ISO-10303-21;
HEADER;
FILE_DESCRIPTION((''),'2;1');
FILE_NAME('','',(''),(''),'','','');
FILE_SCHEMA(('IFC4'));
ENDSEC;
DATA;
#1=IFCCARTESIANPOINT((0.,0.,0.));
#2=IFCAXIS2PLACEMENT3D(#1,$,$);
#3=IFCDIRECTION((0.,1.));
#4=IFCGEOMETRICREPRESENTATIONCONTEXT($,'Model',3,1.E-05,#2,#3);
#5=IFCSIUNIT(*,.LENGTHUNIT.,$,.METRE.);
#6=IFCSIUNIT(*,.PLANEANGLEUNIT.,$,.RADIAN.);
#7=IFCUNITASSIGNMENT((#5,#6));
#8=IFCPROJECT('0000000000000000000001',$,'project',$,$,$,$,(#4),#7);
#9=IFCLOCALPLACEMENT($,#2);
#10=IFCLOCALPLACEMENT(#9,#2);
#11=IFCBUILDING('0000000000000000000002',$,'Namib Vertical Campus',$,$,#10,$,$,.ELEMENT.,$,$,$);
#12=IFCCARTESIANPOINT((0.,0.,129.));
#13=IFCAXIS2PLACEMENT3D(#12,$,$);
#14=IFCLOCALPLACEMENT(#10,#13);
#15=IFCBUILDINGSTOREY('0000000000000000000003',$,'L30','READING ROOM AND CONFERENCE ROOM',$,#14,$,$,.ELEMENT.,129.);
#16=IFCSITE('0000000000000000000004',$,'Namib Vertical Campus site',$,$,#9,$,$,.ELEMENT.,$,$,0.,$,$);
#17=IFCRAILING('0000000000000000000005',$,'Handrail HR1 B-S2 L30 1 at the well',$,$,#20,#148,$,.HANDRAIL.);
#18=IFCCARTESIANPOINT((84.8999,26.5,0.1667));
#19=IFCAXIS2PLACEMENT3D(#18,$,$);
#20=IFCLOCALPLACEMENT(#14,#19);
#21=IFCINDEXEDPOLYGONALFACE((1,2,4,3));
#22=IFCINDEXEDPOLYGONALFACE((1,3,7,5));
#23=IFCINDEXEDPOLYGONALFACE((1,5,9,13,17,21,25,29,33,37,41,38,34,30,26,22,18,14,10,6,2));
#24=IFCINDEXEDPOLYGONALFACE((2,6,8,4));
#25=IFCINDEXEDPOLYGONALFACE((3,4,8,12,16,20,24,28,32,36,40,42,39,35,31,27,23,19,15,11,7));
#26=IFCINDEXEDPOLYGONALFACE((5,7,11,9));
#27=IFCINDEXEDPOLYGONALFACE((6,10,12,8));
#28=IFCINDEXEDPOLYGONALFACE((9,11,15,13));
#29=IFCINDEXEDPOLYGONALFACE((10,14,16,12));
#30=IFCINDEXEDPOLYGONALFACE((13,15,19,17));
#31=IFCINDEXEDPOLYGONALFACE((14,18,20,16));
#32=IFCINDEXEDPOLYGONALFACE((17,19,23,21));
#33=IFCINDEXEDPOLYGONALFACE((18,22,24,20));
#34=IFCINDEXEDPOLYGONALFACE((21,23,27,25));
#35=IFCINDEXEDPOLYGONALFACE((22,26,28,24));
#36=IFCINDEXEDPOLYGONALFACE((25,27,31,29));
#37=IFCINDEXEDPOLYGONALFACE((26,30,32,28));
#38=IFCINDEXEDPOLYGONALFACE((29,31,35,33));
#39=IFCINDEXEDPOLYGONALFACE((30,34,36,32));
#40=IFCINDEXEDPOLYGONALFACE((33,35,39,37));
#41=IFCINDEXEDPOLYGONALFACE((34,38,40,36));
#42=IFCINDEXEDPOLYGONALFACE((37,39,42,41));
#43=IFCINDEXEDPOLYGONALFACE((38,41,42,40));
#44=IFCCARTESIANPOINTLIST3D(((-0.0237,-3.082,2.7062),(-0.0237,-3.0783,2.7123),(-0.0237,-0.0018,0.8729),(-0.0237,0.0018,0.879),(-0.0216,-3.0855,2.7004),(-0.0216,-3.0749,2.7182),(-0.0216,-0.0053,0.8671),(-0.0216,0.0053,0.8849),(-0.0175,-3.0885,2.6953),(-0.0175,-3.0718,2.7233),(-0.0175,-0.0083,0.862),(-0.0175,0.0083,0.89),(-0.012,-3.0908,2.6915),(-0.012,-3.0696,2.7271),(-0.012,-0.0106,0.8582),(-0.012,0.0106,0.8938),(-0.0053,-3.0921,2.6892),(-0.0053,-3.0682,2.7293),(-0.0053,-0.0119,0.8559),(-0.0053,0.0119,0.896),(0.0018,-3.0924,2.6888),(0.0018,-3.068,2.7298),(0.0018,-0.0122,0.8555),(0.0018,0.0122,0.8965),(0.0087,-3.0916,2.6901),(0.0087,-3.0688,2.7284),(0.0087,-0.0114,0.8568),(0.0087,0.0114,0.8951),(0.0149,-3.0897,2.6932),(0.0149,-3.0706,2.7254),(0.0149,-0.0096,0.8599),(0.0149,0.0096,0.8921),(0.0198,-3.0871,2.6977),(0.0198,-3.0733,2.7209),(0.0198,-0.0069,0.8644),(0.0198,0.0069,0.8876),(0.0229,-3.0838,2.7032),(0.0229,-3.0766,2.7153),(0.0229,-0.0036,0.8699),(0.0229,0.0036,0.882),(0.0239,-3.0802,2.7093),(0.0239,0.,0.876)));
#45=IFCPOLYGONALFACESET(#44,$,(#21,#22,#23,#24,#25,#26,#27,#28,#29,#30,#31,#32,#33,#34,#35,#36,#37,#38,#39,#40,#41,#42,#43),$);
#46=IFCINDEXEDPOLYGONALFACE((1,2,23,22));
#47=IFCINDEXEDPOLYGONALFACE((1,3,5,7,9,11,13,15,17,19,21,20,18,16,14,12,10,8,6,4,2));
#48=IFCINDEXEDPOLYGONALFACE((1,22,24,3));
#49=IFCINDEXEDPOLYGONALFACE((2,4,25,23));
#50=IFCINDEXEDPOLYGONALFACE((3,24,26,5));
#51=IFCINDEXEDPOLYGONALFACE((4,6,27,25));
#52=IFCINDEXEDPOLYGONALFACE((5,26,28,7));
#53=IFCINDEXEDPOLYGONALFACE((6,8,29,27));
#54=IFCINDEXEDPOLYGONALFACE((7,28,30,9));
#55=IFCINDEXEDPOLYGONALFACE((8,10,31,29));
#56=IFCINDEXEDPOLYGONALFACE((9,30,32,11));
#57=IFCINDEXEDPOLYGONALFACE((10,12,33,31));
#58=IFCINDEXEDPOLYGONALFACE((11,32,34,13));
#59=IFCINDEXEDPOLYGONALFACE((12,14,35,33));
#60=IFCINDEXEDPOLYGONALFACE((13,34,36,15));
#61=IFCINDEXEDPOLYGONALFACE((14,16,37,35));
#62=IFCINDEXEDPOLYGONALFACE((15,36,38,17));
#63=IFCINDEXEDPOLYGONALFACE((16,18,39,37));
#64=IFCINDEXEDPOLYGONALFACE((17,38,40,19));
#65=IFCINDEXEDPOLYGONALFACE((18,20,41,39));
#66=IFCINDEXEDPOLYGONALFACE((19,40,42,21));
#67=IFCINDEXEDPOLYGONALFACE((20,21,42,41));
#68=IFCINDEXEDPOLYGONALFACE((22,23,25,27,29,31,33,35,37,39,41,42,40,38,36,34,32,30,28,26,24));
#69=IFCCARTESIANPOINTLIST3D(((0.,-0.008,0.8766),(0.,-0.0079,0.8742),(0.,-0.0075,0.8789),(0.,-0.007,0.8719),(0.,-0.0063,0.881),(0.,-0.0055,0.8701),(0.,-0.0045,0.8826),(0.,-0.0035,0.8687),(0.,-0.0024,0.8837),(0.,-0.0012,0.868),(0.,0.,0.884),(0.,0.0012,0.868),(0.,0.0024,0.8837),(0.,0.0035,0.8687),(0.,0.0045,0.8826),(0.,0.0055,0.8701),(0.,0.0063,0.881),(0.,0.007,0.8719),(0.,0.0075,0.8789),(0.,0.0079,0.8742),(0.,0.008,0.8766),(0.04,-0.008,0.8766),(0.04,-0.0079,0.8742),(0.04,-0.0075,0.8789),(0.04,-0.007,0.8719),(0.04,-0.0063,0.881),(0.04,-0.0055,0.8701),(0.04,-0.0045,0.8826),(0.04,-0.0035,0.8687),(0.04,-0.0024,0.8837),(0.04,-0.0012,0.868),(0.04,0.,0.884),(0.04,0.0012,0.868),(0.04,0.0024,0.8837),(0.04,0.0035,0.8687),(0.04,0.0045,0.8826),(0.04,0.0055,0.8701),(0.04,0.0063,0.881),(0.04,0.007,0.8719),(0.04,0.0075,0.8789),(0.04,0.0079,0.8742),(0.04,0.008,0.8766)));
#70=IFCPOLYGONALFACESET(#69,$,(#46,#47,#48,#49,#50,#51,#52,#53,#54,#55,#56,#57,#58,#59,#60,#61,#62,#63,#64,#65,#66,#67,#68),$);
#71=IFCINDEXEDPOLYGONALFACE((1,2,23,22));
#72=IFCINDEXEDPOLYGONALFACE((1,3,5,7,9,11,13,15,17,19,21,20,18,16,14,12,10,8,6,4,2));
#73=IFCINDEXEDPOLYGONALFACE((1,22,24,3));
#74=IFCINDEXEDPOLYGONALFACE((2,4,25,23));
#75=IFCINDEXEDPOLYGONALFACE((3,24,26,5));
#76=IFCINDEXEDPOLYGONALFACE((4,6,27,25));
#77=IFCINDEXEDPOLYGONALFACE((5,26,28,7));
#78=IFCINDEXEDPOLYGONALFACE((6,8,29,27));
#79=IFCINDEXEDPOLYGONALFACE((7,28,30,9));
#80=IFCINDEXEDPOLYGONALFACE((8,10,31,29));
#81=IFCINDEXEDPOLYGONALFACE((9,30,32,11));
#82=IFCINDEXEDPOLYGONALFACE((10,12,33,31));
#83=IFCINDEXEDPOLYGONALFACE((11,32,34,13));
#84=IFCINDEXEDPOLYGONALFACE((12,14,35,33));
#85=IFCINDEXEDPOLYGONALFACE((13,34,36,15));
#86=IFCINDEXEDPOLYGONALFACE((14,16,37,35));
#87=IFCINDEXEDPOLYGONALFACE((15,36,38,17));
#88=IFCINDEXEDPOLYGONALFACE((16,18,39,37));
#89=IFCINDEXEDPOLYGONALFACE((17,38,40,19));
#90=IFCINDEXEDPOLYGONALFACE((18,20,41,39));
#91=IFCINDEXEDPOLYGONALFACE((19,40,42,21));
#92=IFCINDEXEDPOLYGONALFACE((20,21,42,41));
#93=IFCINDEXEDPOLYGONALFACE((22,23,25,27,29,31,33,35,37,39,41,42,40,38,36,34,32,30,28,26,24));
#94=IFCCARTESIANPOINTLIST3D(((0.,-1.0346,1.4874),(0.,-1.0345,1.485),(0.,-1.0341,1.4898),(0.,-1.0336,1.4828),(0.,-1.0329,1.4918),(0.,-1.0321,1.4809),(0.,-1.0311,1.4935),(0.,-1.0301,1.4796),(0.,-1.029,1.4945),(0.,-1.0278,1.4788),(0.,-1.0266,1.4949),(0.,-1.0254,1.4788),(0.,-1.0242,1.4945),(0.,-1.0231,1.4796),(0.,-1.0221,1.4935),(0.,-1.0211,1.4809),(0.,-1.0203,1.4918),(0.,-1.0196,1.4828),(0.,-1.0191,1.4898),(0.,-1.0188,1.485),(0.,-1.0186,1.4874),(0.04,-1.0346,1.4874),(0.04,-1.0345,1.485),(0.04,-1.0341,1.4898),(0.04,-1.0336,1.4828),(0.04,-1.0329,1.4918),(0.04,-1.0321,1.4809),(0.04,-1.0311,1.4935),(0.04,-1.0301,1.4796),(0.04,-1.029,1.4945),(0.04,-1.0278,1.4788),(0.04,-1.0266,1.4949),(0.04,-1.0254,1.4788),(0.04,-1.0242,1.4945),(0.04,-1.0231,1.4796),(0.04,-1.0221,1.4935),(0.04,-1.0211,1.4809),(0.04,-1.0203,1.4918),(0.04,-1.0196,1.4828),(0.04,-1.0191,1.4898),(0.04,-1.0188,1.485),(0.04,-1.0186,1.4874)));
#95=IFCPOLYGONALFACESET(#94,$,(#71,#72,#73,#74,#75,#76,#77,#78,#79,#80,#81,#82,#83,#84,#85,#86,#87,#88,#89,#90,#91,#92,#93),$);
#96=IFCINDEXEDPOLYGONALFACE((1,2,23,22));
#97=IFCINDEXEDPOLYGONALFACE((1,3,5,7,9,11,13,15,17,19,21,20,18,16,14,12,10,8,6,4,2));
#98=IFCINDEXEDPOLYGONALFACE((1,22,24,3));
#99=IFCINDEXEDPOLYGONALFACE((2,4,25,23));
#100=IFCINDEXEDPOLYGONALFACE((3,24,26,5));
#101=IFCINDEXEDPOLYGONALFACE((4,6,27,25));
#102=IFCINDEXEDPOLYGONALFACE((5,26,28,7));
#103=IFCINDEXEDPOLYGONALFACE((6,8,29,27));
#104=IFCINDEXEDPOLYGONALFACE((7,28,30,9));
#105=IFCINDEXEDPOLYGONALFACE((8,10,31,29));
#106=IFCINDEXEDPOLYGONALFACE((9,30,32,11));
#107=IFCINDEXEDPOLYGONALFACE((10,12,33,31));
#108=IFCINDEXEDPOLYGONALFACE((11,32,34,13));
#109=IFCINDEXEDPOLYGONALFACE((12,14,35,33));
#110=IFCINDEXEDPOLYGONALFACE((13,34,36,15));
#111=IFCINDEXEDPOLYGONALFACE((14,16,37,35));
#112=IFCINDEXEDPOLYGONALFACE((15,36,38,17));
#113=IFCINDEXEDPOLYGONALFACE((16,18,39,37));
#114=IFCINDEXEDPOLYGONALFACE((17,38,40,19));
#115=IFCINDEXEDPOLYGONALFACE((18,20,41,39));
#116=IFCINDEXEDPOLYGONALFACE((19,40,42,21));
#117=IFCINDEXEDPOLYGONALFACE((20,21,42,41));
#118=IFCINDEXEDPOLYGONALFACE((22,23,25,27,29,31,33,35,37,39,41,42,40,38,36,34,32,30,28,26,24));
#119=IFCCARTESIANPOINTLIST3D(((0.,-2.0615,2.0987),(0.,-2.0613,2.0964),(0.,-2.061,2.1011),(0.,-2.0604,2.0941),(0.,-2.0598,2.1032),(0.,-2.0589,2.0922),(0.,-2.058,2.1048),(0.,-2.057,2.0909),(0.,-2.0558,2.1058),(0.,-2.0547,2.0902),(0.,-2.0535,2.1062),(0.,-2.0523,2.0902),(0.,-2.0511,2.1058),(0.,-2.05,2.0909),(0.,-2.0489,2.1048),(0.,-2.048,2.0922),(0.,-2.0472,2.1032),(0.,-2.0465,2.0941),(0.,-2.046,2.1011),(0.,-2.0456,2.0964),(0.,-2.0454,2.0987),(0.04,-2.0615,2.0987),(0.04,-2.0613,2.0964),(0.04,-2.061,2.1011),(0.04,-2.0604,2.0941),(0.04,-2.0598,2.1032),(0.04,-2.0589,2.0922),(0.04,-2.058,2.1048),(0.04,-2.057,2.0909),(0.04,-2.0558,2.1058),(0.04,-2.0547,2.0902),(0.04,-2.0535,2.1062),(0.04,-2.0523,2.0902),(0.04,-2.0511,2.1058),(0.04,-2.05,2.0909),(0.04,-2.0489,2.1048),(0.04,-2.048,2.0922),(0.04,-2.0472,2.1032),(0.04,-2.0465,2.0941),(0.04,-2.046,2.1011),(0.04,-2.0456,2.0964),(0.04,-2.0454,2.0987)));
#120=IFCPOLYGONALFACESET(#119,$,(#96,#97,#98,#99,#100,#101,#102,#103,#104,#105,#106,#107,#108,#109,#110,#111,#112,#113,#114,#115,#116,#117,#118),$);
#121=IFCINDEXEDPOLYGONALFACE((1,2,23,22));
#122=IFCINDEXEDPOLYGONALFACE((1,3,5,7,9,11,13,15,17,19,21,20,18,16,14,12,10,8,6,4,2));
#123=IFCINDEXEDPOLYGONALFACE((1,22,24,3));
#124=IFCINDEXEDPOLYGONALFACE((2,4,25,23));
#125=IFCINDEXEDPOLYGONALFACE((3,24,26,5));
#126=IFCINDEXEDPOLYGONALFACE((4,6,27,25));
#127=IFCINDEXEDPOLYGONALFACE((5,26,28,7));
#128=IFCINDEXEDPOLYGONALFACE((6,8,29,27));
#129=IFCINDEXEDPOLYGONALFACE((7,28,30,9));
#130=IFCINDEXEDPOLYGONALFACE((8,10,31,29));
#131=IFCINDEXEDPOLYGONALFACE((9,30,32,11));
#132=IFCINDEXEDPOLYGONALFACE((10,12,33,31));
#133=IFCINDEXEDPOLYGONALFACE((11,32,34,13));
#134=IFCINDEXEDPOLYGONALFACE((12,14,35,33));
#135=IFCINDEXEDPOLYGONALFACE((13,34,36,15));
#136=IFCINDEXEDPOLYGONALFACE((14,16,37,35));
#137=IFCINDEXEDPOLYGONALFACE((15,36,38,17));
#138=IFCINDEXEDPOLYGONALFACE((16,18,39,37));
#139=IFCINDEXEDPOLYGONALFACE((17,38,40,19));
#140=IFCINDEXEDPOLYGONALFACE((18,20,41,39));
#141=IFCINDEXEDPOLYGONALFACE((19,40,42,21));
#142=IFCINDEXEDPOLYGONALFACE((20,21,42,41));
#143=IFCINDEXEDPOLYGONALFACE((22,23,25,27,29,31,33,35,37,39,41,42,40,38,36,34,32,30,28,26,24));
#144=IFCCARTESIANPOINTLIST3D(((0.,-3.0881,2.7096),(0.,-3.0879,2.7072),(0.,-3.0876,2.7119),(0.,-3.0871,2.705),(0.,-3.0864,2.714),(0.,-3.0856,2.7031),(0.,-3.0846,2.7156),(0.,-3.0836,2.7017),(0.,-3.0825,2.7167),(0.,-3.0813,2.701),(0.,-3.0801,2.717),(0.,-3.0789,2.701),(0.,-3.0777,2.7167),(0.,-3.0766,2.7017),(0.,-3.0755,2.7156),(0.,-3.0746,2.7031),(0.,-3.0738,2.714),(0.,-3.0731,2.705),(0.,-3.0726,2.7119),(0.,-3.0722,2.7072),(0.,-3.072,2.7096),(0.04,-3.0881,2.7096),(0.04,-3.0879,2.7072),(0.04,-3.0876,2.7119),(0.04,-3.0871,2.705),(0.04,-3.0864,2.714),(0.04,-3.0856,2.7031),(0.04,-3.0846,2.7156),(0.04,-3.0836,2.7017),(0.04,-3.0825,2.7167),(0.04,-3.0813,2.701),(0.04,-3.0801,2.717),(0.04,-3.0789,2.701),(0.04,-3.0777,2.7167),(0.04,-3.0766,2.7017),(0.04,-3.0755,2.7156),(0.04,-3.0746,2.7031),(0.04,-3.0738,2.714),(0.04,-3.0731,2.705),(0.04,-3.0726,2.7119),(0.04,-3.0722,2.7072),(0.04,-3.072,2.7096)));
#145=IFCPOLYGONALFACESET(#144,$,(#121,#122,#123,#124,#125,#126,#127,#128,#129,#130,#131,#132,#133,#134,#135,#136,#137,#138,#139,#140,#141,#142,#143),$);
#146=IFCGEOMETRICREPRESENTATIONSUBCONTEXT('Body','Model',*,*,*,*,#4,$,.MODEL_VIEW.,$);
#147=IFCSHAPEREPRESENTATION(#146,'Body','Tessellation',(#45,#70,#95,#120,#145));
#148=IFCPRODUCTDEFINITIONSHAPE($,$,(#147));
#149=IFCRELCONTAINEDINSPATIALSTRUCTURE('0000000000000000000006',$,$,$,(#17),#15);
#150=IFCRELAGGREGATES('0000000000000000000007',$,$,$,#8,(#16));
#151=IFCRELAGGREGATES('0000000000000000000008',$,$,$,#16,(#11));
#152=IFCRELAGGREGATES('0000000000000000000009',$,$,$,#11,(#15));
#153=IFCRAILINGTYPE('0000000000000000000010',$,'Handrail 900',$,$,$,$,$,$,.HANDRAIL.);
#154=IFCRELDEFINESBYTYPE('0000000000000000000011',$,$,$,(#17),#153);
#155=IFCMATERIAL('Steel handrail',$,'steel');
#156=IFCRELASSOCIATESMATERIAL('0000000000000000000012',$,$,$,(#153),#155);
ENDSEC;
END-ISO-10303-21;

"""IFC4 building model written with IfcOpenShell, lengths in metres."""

from ifc_helpers import new_model, si_unit, direction, frame, origin, origin_2d, place, context, subcontext, project, spatial, circle, extrude, material, type_object, element, save


model = new_model("IFC4")

# Units and contexts
model_context = context("Model", 3, precision=1e-05, world=origin(), true_north=direction((0.0, 1.0)))
body_context = subcontext(model_context, "Body", "Model", "MODEL_VIEW")
ifc_project = project(units=[si_unit("LENGTHUNIT", "METRE"), si_unit("PLANEANGLEUNIT", "RADIAN")], contexts=[model_context])

# Site, building, storey
site_placement = place(None, origin())
site = spatial("IfcSite", under=ifc_project, at=site_placement, Name="Namib Vertical Campus site", CompositionType="ELEMENT", RefElevation=0.0)
building_placement = place(site_placement, origin())
building = spatial("IfcBuilding", under=site, at=building_placement, Name="Namib Vertical Campus", CompositionType="ELEMENT")
storey_placement = place(building_placement, frame((0.0, 0.0, 129.0)))
storey = spatial("IfcBuildingStorey", under=building, at=storey_placement, Name="L30", Description="READING ROOM AND CONFERENCE ROOM", CompositionType="ELEMENT", Elevation=129.0)

# Railing
ifc_material_1 = material(Name="Steel handrail", Category="steel")
railing_type_1 = type_object("IfcRailingType", Name="Handrail 900", PredefinedType="HANDRAIL", material=ifc_material_1)
railing_1_placement = place(storey_placement, frame((84.8999, 26.5, 0.1667)))
element("IfcRailing", 1, at=railing_1_placement, inside=storey, type_object=railing_type_1, Name="Handrail HR1 B-S2 L30 1 at the well", PredefinedType="HANDRAIL", context=body_context, shape_type="SweptSolid", body=[
    extrude(circle(Radius=0.0239, at=origin_2d()), frame((0.0, 0.0, 0.876), z_axis=(0.0, -0.859309, 0.511458), x_axis=(1.0, 0.0, 0.0)), (0.0, 0.0, 1.0), 3.5845),
    extrude(circle(Radius=0.0081, at=origin_2d()), frame((0.0, 0.0, 0.876), z_axis=(1.0, 0.0, 0.0), x_axis=(0.0, 0.0, 1.0)), (0.0, 0.0, 1.0), 0.04),
    extrude(circle(Radius=0.0081, at=origin_2d()), frame((0.0, -1.0266, 1.4868), z_axis=(1.0, 0.0, 0.0), x_axis=(0.0, 0.0, 1.0)), (0.0, 0.0, 1.0), 0.04),
    extrude(circle(Radius=0.0081, at=origin_2d()), frame((0.0, -2.0535, 2.0981), z_axis=(1.0, 0.0, 0.0), x_axis=(0.0, 0.0, 1.0)), (0.0, 0.0, 1.0), 0.04),
    extrude(circle(Radius=0.0081, at=origin_2d()), frame((0.0, -3.0801, 2.709), z_axis=(1.0, 0.0, 0.0), x_axis=(0.0, 0.0, 1.0)), (0.0, 0.0, 1.0), 0.04),
])

save(model, "model.ifc")
